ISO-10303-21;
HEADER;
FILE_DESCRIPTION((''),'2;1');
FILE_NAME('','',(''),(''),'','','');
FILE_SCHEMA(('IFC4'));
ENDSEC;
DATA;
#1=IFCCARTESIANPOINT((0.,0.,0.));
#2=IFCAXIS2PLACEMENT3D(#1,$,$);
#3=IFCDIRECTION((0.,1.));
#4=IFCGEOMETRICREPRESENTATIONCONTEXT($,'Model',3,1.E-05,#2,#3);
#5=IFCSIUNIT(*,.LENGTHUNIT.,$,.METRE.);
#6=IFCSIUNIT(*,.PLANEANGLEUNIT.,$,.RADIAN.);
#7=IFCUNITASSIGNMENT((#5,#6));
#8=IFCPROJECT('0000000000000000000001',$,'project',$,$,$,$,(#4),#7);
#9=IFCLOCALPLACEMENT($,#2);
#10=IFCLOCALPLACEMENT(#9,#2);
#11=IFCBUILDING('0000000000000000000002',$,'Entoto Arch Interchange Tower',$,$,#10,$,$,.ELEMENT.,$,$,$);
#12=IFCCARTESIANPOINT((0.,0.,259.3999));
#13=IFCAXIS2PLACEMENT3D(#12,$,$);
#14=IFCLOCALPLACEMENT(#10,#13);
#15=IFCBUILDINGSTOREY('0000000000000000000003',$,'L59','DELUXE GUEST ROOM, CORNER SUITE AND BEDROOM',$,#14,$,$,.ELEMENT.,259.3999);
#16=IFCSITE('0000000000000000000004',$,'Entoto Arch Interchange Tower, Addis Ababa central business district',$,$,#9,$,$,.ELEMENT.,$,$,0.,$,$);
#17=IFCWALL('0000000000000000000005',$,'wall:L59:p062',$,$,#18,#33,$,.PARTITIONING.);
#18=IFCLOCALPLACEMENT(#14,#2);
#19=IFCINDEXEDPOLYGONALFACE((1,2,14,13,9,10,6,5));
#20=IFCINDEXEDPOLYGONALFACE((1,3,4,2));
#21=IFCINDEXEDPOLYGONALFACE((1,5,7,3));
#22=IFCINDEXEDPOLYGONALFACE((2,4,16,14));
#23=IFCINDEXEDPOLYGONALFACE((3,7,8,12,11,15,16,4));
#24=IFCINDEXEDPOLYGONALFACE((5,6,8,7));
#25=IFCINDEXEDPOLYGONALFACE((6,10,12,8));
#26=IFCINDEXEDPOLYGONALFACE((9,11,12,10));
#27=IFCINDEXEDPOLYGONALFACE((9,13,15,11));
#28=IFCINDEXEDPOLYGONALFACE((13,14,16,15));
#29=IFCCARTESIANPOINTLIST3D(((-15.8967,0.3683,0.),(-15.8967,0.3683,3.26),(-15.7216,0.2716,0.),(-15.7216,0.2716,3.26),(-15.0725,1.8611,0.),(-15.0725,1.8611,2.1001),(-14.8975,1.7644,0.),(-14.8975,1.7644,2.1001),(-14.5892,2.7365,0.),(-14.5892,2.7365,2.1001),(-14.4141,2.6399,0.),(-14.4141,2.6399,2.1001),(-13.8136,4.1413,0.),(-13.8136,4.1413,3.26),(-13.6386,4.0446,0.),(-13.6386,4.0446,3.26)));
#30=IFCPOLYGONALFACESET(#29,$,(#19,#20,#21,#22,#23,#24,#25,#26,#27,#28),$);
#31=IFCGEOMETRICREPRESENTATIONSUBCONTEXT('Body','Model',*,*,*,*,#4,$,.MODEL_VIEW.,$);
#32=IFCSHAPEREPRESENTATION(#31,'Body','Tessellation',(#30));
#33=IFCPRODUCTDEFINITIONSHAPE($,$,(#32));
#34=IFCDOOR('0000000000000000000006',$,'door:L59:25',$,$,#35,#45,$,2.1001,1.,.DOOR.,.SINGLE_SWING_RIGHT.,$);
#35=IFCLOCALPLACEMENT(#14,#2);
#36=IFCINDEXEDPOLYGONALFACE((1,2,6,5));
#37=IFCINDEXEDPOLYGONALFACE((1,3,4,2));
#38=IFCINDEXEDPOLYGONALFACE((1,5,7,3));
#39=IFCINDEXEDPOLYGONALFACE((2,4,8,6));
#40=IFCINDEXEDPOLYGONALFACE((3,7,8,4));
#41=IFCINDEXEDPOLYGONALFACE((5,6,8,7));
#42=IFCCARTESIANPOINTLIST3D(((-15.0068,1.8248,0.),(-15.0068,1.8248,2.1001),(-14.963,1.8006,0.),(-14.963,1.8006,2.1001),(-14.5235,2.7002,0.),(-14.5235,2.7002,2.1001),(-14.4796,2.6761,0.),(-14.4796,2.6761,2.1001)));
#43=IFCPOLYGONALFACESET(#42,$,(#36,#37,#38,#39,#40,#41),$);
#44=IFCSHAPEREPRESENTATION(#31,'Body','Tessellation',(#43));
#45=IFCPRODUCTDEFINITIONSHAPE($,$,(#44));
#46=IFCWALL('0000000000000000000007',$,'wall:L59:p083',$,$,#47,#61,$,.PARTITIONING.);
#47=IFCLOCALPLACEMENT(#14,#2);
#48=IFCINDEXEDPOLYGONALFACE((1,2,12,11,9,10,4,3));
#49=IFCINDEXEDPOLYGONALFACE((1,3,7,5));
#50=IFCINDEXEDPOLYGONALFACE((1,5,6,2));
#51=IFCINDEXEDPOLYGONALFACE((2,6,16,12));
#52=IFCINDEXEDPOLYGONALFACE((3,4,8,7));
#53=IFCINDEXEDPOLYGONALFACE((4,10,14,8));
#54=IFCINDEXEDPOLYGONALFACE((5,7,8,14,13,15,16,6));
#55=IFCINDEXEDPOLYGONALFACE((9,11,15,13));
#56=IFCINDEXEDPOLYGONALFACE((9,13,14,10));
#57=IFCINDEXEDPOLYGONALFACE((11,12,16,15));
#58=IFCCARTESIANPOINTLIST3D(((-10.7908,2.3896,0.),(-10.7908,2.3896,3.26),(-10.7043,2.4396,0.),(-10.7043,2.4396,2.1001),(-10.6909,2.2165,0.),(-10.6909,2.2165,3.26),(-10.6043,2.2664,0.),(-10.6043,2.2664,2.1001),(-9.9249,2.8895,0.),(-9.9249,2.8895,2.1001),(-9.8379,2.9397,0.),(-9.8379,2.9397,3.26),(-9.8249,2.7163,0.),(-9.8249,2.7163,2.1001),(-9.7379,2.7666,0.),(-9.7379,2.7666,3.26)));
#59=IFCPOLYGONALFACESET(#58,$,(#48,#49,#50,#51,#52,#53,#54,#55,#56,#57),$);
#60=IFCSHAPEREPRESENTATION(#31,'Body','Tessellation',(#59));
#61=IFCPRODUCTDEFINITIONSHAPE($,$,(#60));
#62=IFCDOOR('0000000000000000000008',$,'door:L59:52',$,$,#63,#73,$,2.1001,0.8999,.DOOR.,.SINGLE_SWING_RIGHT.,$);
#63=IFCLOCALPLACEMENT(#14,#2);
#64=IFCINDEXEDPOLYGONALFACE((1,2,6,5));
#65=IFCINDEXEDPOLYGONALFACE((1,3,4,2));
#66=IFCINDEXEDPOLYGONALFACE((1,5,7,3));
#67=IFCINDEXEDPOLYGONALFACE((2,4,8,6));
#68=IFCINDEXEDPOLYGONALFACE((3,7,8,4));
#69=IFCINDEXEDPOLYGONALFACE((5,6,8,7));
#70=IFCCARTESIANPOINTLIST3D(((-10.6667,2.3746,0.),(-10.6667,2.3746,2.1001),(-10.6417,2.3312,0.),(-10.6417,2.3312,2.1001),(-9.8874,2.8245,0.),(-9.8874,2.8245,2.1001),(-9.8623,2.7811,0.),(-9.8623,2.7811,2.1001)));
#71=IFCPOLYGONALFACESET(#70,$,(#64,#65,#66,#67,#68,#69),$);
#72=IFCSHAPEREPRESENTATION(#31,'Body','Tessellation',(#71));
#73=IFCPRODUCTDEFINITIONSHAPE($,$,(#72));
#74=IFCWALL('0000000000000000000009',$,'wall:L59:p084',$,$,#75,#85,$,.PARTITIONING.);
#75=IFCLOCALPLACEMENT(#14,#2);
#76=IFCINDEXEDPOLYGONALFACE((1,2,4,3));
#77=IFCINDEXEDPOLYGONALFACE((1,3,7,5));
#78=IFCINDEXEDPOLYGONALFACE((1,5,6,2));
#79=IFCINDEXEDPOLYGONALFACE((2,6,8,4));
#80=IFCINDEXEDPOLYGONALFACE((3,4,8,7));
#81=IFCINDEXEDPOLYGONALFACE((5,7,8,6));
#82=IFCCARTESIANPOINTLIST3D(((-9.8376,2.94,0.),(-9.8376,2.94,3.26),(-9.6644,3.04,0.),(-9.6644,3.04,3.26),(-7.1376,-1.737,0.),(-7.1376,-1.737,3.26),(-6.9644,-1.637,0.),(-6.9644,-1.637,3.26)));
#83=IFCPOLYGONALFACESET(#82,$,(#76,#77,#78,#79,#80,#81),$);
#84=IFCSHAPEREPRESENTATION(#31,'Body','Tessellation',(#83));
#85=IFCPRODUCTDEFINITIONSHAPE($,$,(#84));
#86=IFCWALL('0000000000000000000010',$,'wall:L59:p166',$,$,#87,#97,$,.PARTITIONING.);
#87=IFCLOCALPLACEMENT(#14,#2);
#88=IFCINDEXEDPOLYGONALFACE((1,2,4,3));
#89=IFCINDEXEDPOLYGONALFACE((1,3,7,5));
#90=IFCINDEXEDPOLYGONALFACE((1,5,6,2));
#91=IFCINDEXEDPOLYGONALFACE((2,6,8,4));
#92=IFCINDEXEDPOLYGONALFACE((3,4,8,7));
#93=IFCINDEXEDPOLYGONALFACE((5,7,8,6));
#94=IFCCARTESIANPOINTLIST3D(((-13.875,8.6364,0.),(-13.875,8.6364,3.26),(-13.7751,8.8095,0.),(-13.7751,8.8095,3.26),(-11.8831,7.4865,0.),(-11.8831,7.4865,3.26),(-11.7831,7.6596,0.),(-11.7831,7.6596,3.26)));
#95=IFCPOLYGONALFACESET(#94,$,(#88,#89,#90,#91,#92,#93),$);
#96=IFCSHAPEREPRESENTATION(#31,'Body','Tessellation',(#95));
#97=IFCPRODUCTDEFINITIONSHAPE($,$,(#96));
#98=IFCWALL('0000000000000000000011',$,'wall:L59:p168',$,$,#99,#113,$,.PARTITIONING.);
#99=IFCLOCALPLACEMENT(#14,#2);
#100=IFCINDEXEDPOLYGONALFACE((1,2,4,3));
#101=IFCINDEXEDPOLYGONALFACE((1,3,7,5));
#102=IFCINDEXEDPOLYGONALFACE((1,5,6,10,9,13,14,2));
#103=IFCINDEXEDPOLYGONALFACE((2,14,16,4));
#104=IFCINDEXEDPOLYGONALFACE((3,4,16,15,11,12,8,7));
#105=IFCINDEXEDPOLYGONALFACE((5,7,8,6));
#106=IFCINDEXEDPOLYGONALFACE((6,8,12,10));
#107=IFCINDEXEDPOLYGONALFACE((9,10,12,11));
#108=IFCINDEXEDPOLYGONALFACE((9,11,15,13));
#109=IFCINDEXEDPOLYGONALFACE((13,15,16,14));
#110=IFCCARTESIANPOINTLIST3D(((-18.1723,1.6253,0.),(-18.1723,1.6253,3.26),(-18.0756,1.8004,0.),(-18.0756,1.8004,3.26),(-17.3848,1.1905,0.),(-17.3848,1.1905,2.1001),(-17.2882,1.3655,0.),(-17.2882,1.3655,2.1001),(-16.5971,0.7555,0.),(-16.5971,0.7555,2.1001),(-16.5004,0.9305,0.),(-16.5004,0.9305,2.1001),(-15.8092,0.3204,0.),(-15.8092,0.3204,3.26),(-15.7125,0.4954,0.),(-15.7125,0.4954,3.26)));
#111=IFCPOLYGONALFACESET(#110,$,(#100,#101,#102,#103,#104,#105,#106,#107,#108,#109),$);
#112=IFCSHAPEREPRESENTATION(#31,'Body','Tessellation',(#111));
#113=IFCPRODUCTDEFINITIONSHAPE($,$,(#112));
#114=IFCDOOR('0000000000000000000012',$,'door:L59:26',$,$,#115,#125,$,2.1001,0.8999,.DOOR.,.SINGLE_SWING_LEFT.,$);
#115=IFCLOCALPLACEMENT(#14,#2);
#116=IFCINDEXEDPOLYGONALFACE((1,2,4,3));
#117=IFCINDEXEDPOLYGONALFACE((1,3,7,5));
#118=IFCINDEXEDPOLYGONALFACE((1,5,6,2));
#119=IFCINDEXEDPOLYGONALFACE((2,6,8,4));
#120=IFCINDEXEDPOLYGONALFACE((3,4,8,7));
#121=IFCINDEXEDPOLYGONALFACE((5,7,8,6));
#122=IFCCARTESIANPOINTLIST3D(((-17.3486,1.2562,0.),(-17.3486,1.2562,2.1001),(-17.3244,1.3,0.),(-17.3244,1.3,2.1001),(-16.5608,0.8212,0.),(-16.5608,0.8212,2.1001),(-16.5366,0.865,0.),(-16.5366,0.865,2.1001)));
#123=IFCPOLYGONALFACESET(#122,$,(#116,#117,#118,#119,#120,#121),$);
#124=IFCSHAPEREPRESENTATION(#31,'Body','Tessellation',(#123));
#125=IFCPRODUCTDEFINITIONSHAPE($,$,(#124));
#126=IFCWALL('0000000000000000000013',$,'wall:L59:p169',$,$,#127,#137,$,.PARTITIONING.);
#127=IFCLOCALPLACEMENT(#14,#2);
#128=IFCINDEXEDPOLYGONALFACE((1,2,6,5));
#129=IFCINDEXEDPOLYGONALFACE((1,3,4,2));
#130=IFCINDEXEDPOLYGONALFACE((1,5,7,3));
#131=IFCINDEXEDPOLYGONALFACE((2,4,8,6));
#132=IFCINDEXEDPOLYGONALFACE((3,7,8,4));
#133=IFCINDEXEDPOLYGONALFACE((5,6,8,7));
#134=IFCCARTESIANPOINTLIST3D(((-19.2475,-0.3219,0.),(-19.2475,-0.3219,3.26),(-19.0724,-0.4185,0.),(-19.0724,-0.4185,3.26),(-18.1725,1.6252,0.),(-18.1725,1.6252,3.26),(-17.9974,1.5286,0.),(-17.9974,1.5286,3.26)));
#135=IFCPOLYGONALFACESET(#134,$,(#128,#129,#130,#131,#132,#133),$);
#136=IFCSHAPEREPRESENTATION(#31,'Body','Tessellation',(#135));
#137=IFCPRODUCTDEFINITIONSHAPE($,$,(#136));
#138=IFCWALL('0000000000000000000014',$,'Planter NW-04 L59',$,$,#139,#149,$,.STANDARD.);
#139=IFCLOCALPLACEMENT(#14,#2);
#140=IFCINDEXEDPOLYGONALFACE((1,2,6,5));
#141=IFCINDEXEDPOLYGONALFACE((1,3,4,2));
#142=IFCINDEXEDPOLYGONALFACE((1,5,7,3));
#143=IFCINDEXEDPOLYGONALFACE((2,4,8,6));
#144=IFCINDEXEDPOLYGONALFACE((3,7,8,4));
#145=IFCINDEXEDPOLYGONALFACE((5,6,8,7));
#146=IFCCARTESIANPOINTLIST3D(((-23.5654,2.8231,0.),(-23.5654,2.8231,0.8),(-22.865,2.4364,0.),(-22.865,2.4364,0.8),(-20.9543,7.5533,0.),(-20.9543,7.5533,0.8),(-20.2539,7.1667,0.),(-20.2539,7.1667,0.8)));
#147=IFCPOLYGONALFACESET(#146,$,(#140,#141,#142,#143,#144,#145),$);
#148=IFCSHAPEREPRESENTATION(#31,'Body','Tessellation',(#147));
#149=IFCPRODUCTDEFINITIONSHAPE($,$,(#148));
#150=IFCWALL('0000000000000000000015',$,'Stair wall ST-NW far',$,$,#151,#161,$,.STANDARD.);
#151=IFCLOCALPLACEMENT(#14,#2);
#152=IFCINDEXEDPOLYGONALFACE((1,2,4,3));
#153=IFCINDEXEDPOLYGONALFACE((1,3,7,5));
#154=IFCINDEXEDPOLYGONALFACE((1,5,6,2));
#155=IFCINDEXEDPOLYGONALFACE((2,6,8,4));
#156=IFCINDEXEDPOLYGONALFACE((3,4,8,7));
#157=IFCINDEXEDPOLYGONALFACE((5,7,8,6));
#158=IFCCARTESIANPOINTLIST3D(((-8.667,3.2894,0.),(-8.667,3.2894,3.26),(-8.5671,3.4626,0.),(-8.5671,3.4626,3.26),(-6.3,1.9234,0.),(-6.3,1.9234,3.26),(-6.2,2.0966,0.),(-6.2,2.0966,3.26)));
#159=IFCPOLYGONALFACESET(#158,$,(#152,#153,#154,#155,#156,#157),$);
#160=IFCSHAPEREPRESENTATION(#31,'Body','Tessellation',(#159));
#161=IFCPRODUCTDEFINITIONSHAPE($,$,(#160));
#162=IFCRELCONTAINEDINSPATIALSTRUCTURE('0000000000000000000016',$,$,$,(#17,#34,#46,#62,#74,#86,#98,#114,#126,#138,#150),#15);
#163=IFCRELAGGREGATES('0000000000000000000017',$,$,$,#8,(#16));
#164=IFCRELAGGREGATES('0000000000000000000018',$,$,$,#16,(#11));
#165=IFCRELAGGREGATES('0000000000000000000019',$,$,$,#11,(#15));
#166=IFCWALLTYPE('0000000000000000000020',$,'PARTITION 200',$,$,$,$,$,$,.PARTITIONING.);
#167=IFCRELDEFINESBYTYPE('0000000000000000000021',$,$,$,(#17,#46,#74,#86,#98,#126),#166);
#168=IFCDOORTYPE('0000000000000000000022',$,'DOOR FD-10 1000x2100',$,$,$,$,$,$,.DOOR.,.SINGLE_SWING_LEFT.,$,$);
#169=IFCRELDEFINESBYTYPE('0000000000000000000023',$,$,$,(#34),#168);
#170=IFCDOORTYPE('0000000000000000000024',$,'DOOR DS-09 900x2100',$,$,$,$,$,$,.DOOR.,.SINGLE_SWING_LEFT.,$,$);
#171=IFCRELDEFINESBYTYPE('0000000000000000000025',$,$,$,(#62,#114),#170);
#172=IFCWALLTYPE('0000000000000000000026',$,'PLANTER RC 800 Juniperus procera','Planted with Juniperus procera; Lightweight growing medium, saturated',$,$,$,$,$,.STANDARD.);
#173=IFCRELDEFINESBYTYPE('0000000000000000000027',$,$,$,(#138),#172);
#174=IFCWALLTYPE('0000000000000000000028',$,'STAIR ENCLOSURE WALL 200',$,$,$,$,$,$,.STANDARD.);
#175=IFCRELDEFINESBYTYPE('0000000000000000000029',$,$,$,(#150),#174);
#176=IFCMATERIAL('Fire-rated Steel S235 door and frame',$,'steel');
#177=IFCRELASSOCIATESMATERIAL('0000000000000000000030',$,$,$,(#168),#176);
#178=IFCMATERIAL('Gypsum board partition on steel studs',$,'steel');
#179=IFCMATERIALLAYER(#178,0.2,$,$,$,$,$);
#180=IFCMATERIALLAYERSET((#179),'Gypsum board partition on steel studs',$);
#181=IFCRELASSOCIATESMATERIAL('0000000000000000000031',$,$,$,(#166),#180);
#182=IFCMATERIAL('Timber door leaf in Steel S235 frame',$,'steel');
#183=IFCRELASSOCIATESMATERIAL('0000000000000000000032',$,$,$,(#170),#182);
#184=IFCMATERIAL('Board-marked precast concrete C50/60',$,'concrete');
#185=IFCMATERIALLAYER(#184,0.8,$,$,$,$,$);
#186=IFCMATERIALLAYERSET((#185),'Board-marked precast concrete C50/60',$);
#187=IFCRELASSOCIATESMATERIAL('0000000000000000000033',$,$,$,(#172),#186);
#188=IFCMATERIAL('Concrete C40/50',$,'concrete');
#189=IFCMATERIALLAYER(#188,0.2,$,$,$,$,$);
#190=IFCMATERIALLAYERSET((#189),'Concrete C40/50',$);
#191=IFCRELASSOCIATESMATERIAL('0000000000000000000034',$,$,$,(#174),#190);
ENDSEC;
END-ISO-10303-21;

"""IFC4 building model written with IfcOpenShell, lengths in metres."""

from ifc_helpers import new_model, si_unit, direction, frame, frame_2d, origin, place, context, subcontext, project, spatial, rectangle, extrude, material, layer, layer_set, type_object, element, fill, save


model = new_model("IFC4")

# Units and contexts
model_context = context("Model", 3, precision=1e-05, world=origin(), true_north=direction((0.0, 1.0)))
body_context = subcontext(model_context, "Body", "Model", "MODEL_VIEW")
ifc_project = project(units=[si_unit("LENGTHUNIT", "METRE"), si_unit("PLANEANGLEUNIT", "RADIAN")], contexts=[model_context])

# Site, building, storey
site_placement = place(None, origin())
site = spatial("IfcSite", under=ifc_project, at=site_placement, Name="Entoto Arch Interchange Tower, Addis Ababa central business district", CompositionType="ELEMENT", RefElevation=0.0)
building_placement = place(site_placement, origin())
building = spatial("IfcBuilding", under=site, at=building_placement, Name="Entoto Arch Interchange Tower", CompositionType="ELEMENT")
storey_placement = place(building_placement, frame((0.0, 0.0, 259.3999)))
storey = spatial("IfcBuildingStorey", under=building, at=storey_placement, Name="L59", Description="DELUXE GUEST ROOM, CORNER SUITE AND BEDROOM", CompositionType="ELEMENT", Elevation=259.3999)

# Shared definitions
ifc_material_1 = material(Name="Concrete C40/50", Category="concrete")

# Shared definitions
ifc_material_2 = material(Name="Fire-rated Steel S235 door and frame", Category="steel")
door_type_1 = type_object("IfcDoorType", Name="DOOR FD-10 1000x2100", OperationType="SINGLE_SWING_LEFT", PredefinedType="DOOR", material=ifc_material_2)

# Shared definitions
ifc_material_3 = material(Name="Gypsum board partition on steel studs", Category="steel")
ifc_layer_1 = layer(ifc_material_3, 0.2)
ifc_layer_set_1 = layer_set([ifc_layer_1], Name="Gypsum board partition on steel studs")
wall_type_1 = type_object("IfcWallType", Name="PARTITION 200", PredefinedType="PARTITIONING", material=ifc_layer_set_1)

# Walls, openings, doors
wall_1_placement = place(storey_placement, frame((-15.8091, 0.3201, 0.0), z_axis=(0.0, 0.0, 1.0), x_axis=(0.483323, 0.875442, 0.0)))
wall_1 = element("IfcWall", 1, at=wall_1_placement, inside=storey, type_object=wall_type_1, Name="wall:L59:p062", PredefinedType="PARTITIONING", context=body_context, shape_type="SweptSolid", body=[
    extrude(rectangle(XDim=4.3098, YDim=0.2, at=frame_2d((2.1548, 0.0))), origin(), (0.0, 0.0, 1.0), 3.26),
])
opening_1_placement = place(wall_1_placement, frame((1.7051, 0.0, 0.0)))
opening_1 = element("IfcOpeningElement", 2, at=opening_1_placement, cuts=wall_1, PredefinedType="OPENING", context=body_context, shape_type="SweptSolid", body=[
    extrude(rectangle(XDim=1.0, YDim=2.1001, at=frame_2d((0.5, 1.05))), frame((0.0, 0.1099, 0.0), z_axis=(0.0, -1.0, 0.0), x_axis=(1.0, 0.0, 0.0)), (0.0, 0.0, 1.0), 0.22),
])
door_1_placement = place(opening_1_placement, origin())
door_1 = element("IfcDoor", 3, at=door_1_placement, inside=storey, type_object=door_type_1, Name="door:L59:25", OperationType="SINGLE_SWING_RIGHT", OverallHeight=2.1001, OverallWidth=1.0, PredefinedType="DOOR", context=body_context, shape_type="SweptSolid", body=[
    extrude(rectangle(XDim=1.0, YDim=2.1001, at=frame_2d((0.5, 1.05))), frame((0.0, 0.0249, 0.0), z_axis=(0.0, -1.0, 0.0), x_axis=(1.0, 0.0, 0.0)), (0.0, 0.0, 1.0), 0.05),
])
fill(opening_1, door_1)
wall_2_placement = place(storey_placement, frame((-10.741, 2.303, 0.0), z_axis=(0.0, 0.0, 1.0), x_axis=(0.866064, 0.499934, 0.0)))
wall_2 = element("IfcWall", 4, at=wall_2_placement, inside=storey, type_object=wall_type_1, Name="wall:L59:p083", PredefinedType="PARTITIONING", context=body_context, shape_type="SweptSolid", body=[
    extrude(rectangle(XDim=1.1003, YDim=0.2, at=frame_2d((0.5503, 0.0))), origin(), (0.0, 0.0, 1.0), 3.26),
])
opening_2_placement = place(wall_2_placement, frame((0.1001, 0.0, 0.0)))
opening_2 = element("IfcOpeningElement", 5, at=opening_2_placement, cuts=wall_2, PredefinedType="OPENING", context=body_context, shape_type="SweptSolid", body=[
    extrude(rectangle(XDim=0.8999, YDim=2.1001, at=frame_2d((0.45, 1.05))), frame((0.0, 0.1099, 0.0), z_axis=(0.0, -1.0, 0.0), x_axis=(1.0, 0.0, 0.0)), (0.0, 0.0, 1.0), 0.22),
])
ifc_material_4 = material(Name="Timber door leaf in Steel S235 frame", Category="steel")
door_type_2 = type_object("IfcDoorType", Name="DOOR DS-09 900x2100", OperationType="SINGLE_SWING_LEFT", PredefinedType="DOOR", material=ifc_material_4)
door_2_placement = place(opening_2_placement, origin())
door_2 = element("IfcDoor", 6, at=door_2_placement, inside=storey, type_object=door_type_2, Name="door:L59:52", OperationType="SINGLE_SWING_RIGHT", OverallHeight=2.1001, OverallWidth=0.8999, PredefinedType="DOOR", context=body_context, shape_type="SweptSolid", body=[
    extrude(rectangle(XDim=0.8999, YDim=2.1001, at=frame_2d((0.45, 1.05))), frame((0.0, 0.0249, 0.0), z_axis=(0.0, -1.0, 0.0), x_axis=(1.0, 0.0, 0.0)), (0.0, 0.0, 1.0), 0.05),
])
fill(opening_2, door_2)

# Walls
wall_3_placement = place(storey_placement, frame((-9.751, 2.99, 0.0), z_axis=(0.0, 0.0, 1.0), x_axis=(0.499956, -0.866051, 0.0)))
element("IfcWall", 7, at=wall_3_placement, inside=storey, type_object=wall_type_1, Name="wall:L59:p084", PredefinedType="PARTITIONING", context=body_context, shape_type="SweptSolid", body=[
    extrude(rectangle(XDim=5.4004, YDim=0.2, at=frame_2d((2.7002, 0.0))), origin(), (0.0, 0.0, 1.0), 3.26),
])
wall_4_placement = place(storey_placement, frame((-13.825, 8.7229, 0.0), z_axis=(0.0, 0.0, 1.0), x_axis=(0.866053, -0.499952, 0.0)))
element("IfcWall", 8, at=wall_4_placement, inside=storey, type_object=wall_type_1, Name="wall:L59:p166", PredefinedType="PARTITIONING", context=body_context, shape_type="SweptSolid", body=[
    extrude(rectangle(XDim=2.3, YDim=0.2, at=frame_2d((1.1499, 0.0))), origin(), (0.0, 0.0, 1.0), 3.26),
])

# Wall, opening, door
wall_5_placement = place(storey_placement, frame((-15.761, 0.408, 0.0), z_axis=(0.0, 0.0, 1.0), x_axis=(-0.875392, 0.483414, 0.0)))
wall_5 = element("IfcWall", 9, at=wall_5_placement, inside=storey, type_object=wall_type_1, Name="wall:L59:p168", PredefinedType="PARTITIONING", context=body_context, shape_type="SweptSolid", body=[
    extrude(rectangle(XDim=2.6995, YDim=0.2, at=frame_2d((1.3496, 0.0))), origin(), (0.0, 0.0, 1.0), 3.26),
])
opening_3_placement = place(wall_5_placement, frame((0.8999, 0.0, 0.0)))
opening_3 = element("IfcOpeningElement", 10, at=opening_3_placement, cuts=wall_5, PredefinedType="OPENING", context=body_context, shape_type="SweptSolid", body=[
    extrude(rectangle(XDim=0.8999, YDim=2.1001, at=frame_2d((0.45, 1.05))), frame((0.0, 0.1099, 0.0), z_axis=(0.0, -1.0, 0.0), x_axis=(1.0, 0.0, 0.0)), (0.0, 0.0, 1.0), 0.22),
])
door_3_placement = place(opening_3_placement, origin())
door_3 = element("IfcDoor", 11, at=door_3_placement, inside=storey, type_object=door_type_2, Name="door:L59:26", OperationType="SINGLE_SWING_LEFT", OverallHeight=2.1001, OverallWidth=0.8999, PredefinedType="DOOR", context=body_context, shape_type="SweptSolid", body=[
    extrude(rectangle(XDim=0.8999, YDim=2.1001, at=frame_2d((0.45, 1.05))), frame((0.0, 0.0249, 0.0), z_axis=(0.0, -1.0, 0.0), x_axis=(1.0, 0.0, 0.0)), (0.0, 0.0, 1.0), 0.05),
])
fill(opening_3, door_3)

# Walls
wall_6_placement = place(storey_placement, frame((-18.085, 1.5769, 0.0), z_axis=(0.0, 0.0, 1.0), x_axis=(-0.48333, -0.875438, 0.0)))
element("IfcWall", 12, at=wall_6_placement, inside=storey, type_object=wall_type_1, Name="wall:L59:p169", PredefinedType="PARTITIONING", context=body_context, shape_type="SweptSolid", body=[
    extrude(rectangle(XDim=2.2241, YDim=0.2, at=frame_2d((1.1121, 0.0))), origin(), (0.0, 0.0, 1.0), 3.26),
])
ifc_material_5 = material(Name="Board-marked precast concrete C50/60", Category="concrete")
ifc_layer_2 = layer(ifc_material_5, 0.8)
ifc_layer_set_2 = layer_set([ifc_layer_2], Name="Board-marked precast concrete C50/60")
wall_type_2 = type_object("IfcWallType", Name="PLANTER RC 800 Juniperus procera", Description="Planted with Juniperus procera; Lightweight growing medium, saturated", PredefinedType="STANDARD", material=ifc_layer_set_2)
wall_7_placement = place(storey_placement, frame((-20.604, 7.3601, 0.0), z_axis=(0.0, 0.0, 1.0), x_axis=(-0.483262, -0.875476, 0.0)))
element("IfcWall", 13, at=wall_7_placement, inside=storey, type_object=wall_type_2, Name="Planter NW-04 L59", PredefinedType="STANDARD", context=body_context, shape_type="SweptSolid", body=[
    extrude(rectangle(XDim=5.4031, YDim=0.8, at=frame_2d((2.7017, 0.0))), origin(), (0.0, 0.0, 1.0), 0.8),
])
ifc_layer_3 = layer(ifc_material_1, 0.2)
ifc_layer_set_3 = layer_set([ifc_layer_3], Name="Concrete C40/50")
wall_type_3 = type_object("IfcWallType", Name="STAIR ENCLOSURE WALL 200", PredefinedType="STANDARD", material=ifc_layer_set_3)
wall_8_placement = place(storey_placement, frame((-6.25, 2.01, 0.0), z_axis=(0.0, 0.0, 1.0), x_axis=(-0.866119, 0.499838, 0.0)))
element("IfcWall", 14, at=wall_8_placement, inside=storey, type_object=wall_type_3, Name="Stair wall ST-NW far", PredefinedType="STANDARD", context=body_context, shape_type="SweptSolid", body=[
    extrude(rectangle(XDim=2.7329, YDim=0.2, at=frame_2d((1.3665, 0.0))), origin(), (0.0, 0.0, 1.0), 3.26),
])

save(model, "model.ifc")
